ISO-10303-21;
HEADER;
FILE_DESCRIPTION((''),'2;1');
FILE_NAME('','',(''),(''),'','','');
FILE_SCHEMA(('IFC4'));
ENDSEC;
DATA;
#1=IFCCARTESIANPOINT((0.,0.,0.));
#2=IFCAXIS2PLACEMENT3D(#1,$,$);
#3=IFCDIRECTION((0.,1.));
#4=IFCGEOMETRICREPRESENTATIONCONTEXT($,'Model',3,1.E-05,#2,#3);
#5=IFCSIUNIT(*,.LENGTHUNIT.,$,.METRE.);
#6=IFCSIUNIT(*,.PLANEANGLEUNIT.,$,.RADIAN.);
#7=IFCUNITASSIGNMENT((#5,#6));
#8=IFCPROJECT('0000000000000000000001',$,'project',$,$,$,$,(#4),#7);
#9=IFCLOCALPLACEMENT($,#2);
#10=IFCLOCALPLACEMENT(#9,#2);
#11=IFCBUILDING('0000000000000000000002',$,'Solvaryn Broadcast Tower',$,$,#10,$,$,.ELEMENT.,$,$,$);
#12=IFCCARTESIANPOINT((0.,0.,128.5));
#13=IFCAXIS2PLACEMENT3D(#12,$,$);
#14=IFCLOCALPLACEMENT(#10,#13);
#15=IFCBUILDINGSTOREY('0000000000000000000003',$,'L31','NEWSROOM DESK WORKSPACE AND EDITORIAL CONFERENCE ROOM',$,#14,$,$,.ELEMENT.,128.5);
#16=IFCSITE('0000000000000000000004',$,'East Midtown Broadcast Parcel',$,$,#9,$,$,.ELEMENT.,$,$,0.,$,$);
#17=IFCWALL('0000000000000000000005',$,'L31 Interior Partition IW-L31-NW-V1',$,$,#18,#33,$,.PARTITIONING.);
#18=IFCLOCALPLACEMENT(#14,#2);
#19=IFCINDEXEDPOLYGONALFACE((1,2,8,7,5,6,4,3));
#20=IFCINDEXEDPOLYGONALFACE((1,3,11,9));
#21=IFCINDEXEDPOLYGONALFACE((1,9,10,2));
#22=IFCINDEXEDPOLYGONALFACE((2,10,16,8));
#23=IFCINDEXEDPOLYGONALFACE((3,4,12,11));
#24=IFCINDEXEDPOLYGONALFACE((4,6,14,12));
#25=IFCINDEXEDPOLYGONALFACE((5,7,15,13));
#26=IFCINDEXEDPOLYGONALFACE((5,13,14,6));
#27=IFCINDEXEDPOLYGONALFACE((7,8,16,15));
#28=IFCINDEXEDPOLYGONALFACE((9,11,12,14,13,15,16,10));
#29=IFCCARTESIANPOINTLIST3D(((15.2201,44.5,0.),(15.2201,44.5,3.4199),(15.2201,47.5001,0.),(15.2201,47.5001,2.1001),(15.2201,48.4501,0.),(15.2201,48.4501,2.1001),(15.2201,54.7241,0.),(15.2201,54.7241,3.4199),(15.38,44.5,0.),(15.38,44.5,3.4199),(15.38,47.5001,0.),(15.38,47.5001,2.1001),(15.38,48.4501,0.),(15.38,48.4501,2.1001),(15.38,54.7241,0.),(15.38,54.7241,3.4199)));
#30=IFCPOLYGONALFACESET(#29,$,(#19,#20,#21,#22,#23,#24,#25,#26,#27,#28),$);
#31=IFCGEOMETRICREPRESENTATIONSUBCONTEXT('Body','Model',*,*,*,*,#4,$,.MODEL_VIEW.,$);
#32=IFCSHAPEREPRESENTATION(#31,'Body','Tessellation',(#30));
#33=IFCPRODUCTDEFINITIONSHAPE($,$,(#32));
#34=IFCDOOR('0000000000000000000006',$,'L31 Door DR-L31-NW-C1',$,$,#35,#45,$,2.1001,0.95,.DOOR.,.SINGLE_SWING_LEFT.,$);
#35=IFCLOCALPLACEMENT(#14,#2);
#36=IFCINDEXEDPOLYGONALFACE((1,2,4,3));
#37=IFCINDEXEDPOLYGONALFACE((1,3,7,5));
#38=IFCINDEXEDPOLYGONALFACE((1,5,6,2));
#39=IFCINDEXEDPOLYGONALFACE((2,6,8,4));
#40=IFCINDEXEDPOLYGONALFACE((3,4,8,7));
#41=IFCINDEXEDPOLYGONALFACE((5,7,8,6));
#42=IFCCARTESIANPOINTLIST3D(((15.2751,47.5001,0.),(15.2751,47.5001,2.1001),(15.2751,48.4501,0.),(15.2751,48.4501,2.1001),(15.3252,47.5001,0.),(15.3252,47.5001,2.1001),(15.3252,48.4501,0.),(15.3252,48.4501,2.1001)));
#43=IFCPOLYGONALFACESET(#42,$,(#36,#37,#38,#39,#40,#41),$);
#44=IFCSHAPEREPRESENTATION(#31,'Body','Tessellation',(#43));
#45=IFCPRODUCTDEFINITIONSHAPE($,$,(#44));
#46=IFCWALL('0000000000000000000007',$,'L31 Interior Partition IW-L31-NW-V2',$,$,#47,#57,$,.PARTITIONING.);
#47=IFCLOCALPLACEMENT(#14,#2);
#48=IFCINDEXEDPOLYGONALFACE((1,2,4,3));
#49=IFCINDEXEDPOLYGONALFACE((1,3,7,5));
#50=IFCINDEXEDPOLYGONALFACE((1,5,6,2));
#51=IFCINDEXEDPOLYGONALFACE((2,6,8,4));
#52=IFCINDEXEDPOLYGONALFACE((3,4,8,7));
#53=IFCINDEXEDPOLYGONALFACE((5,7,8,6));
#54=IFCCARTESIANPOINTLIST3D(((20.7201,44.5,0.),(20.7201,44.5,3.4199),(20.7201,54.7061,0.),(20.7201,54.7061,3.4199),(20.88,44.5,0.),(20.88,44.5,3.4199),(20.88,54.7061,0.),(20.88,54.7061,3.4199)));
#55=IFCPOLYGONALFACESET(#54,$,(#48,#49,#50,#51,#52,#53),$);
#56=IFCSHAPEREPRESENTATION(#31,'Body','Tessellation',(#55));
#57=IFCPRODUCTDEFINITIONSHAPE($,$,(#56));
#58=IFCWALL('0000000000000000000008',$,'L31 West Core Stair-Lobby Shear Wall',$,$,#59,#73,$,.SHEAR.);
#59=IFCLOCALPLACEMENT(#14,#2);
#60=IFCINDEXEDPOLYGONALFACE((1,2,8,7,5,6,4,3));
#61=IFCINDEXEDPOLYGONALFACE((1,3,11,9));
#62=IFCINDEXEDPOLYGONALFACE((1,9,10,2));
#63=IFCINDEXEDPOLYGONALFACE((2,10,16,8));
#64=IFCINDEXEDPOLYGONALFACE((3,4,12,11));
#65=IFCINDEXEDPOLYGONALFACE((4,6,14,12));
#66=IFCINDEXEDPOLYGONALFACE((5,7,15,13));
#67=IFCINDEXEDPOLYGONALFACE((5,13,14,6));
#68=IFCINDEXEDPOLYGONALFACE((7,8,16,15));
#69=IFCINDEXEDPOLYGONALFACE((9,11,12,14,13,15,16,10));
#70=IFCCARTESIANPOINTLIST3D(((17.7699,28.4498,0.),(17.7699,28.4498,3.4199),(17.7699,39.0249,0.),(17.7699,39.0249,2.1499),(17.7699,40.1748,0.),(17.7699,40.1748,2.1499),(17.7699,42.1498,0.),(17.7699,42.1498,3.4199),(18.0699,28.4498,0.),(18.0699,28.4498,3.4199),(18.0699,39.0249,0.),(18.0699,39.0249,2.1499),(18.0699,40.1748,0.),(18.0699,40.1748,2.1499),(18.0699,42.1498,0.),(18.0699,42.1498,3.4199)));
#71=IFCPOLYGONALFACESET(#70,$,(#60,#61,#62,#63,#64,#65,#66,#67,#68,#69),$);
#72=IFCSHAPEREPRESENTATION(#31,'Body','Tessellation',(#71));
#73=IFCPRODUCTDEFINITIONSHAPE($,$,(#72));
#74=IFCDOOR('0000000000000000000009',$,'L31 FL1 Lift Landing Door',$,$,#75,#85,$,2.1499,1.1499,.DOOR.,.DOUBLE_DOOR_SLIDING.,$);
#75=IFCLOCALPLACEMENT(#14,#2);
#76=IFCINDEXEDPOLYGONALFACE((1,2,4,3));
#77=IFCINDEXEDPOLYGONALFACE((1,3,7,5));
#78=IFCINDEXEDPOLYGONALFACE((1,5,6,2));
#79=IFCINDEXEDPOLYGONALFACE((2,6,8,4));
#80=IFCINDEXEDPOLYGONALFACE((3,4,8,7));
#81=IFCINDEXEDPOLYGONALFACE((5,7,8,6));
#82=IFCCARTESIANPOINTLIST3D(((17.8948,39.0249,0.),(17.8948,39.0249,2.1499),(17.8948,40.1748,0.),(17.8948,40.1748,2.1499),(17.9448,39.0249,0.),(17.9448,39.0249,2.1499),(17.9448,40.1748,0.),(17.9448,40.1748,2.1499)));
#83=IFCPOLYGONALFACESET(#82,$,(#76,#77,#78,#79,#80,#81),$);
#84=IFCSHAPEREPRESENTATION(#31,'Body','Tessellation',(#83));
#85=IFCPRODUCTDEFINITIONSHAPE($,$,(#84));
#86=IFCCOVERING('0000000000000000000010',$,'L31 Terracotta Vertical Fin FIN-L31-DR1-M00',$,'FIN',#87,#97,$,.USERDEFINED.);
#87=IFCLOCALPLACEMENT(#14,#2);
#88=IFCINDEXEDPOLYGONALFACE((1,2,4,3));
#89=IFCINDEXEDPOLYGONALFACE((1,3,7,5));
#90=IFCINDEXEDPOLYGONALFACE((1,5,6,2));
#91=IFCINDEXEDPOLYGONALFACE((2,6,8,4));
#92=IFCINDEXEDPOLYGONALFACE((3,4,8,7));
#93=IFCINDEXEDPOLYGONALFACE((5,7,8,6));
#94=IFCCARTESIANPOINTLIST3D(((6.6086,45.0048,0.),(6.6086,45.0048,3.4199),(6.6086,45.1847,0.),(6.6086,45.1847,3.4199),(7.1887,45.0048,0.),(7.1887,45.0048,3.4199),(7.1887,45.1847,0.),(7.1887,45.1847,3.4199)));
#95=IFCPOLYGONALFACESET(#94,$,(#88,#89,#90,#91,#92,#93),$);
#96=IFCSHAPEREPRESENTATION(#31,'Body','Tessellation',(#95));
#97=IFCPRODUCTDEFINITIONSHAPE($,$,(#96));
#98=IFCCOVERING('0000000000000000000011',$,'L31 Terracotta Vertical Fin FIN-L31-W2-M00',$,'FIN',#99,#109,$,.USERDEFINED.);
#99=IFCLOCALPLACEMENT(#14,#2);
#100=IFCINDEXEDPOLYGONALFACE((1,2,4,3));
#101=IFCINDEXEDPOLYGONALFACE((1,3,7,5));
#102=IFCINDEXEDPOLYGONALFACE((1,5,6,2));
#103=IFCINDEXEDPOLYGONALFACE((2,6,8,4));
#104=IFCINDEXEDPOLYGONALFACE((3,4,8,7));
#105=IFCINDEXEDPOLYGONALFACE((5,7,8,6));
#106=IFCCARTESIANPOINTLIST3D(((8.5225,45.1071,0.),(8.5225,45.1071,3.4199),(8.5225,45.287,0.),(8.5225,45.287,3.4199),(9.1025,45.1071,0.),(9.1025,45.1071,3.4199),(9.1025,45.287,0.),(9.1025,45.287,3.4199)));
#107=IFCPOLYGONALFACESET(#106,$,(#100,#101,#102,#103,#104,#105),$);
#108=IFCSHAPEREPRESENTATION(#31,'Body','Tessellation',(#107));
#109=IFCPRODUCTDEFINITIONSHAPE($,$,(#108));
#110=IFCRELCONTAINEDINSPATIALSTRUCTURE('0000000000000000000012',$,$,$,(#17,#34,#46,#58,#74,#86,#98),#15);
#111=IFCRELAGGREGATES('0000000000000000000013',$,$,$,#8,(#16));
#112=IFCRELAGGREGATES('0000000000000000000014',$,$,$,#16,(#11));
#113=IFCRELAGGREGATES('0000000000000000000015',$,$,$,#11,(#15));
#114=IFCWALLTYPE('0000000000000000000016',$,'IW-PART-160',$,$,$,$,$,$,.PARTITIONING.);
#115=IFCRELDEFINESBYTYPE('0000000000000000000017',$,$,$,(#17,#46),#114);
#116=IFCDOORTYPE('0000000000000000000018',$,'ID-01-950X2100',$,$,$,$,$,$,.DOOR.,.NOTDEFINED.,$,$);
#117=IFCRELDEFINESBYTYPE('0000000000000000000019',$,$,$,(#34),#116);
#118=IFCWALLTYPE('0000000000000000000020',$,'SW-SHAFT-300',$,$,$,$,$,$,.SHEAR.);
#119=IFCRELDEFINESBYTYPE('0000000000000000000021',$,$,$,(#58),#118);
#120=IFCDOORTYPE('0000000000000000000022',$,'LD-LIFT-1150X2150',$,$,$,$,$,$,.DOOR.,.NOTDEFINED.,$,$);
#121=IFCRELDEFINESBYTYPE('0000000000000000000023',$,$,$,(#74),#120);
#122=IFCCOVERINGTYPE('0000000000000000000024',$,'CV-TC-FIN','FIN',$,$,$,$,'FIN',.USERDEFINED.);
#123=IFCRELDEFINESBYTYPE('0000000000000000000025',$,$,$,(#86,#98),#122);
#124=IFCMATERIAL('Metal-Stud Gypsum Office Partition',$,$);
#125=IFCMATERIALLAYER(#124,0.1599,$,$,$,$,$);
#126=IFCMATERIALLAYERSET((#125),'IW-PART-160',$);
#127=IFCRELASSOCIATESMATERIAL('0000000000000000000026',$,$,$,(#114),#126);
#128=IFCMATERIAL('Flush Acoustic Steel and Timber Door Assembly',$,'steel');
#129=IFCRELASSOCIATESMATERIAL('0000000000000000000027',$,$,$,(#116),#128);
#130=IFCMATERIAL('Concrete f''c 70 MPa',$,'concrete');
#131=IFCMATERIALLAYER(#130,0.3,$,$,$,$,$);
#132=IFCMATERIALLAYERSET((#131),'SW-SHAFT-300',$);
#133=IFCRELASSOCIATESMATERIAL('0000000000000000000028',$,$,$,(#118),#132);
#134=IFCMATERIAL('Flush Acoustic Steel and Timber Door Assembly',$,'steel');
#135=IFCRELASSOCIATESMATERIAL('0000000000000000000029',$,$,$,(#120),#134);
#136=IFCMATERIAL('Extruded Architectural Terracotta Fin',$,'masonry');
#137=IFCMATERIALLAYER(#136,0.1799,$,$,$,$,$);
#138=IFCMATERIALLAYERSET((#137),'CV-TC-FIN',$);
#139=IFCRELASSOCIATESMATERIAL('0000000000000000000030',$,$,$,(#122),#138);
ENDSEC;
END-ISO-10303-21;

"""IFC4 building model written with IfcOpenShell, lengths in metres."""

from ifc_helpers import new_model, si_unit, direction, frame, frame_2d, origin, origin_2d, place, context, subcontext, project, spatial, rectangle, extrude, material, layer, layer_set, type_object, element, fill, save


model = new_model("IFC4")

# Units and contexts
model_context = context("Model", 3, precision=1e-05, world=origin(), true_north=direction((0.0, 1.0)))
body_context = subcontext(model_context, "Body", "Model", "MODEL_VIEW")
ifc_project = project(units=[si_unit("LENGTHUNIT", "METRE"), si_unit("PLANEANGLEUNIT", "RADIAN")], contexts=[model_context])

# Site, building, storey
site_placement = place(None, origin())
site = spatial("IfcSite", under=ifc_project, at=site_placement, Name="East Midtown Broadcast Parcel", CompositionType="ELEMENT", RefElevation=0.0)
building_placement = place(site_placement, origin())
building = spatial("IfcBuilding", under=site, at=building_placement, Name="Solvaryn Broadcast Tower", CompositionType="ELEMENT")
storey_placement = place(building_placement, frame((0.0, 0.0, 128.5)))
storey = spatial("IfcBuildingStorey", under=building, at=storey_placement, Name="L31", Description="NEWSROOM DESK WORKSPACE AND EDITORIAL CONFERENCE ROOM", CompositionType="ELEMENT", Elevation=128.5)

# Shared definitions
ifc_material_1 = material(Name="Metal-Stud Gypsum Office Partition")
ifc_layer_1 = layer(ifc_material_1, 0.1599)
ifc_layer_set_1 = layer_set([ifc_layer_1], Name="IW-PART-160")
wall_type_1 = type_object("IfcWallType", Name="IW-PART-160", PredefinedType="PARTITIONING", material=ifc_layer_set_1)

# Wall, opening, door
wall_1_placement = place(storey_placement, frame((15.3, 44.5, 0.0), z_axis=(0.0, 0.0, 1.0), x_axis=(0.0, 1.0, 0.0)))
wall_1 = element("IfcWall", 1, at=wall_1_placement, inside=storey, type_object=wall_type_1, Name="L31 Interior Partition IW-L31-NW-V1", PredefinedType="PARTITIONING", context=body_context, shape_type="SweptSolid", body=[
    extrude(rectangle(XDim=10.2241, YDim=0.1599, at=frame_2d((5.1121, 0.0))), origin(), (0.0, 0.0, 1.0), 3.4199),
])
opening_1_placement = place(wall_1_placement, frame((3.0, 0.0, 0.0)))
opening_1 = element("IfcOpeningElement", 2, at=opening_1_placement, cuts=wall_1, PredefinedType="OPENING", context=body_context, shape_type="SweptSolid", body=[
    extrude(rectangle(XDim=0.95, YDim=2.1001, at=frame_2d((0.4751, 1.05))), frame((0.0, 0.0901, 0.0), z_axis=(0.0, -1.0, 0.0), x_axis=(1.0, 0.0, 0.0)), (0.0, 0.0, 1.0), 0.1799),
])
ifc_material_2 = material(Name="Flush Acoustic Steel and Timber Door Assembly", Category="steel")
door_type_1 = type_object("IfcDoorType", Name="ID-01-950X2100", OperationType="NOTDEFINED", PredefinedType="DOOR", material=ifc_material_2)
door_1_placement = place(opening_1_placement, origin())
door_1 = element("IfcDoor", 3, at=door_1_placement, inside=storey, type_object=door_type_1, Name="L31 Door DR-L31-NW-C1", OperationType="SINGLE_SWING_LEFT", OverallHeight=2.1001, OverallWidth=0.95, PredefinedType="DOOR", context=body_context, shape_type="SweptSolid", body=[
    extrude(rectangle(XDim=0.95, YDim=2.1001, at=frame_2d((0.4751, 1.05))), frame((0.0, 0.0249, 0.0), z_axis=(0.0, -1.0, 0.0), x_axis=(1.0, 0.0, 0.0)), (0.0, 0.0, 1.0), 0.05),
])
fill(opening_1, door_1)

# Wall
wall_2_placement = place(storey_placement, frame((20.8, 44.5, 0.0), z_axis=(0.0, 0.0, 1.0), x_axis=(0.0, 1.0, 0.0)))
element("IfcWall", 4, at=wall_2_placement, inside=storey, type_object=wall_type_1, Name="L31 Interior Partition IW-L31-NW-V2", PredefinedType="PARTITIONING", context=body_context, shape_type="SweptSolid", body=[
    extrude(rectangle(XDim=10.2061, YDim=0.1599, at=frame_2d((5.103, 0.0))), origin(), (0.0, 0.0, 1.0), 3.4199),
])

# Wall, opening, door
ifc_material_3 = material(Name="Concrete f'c 70 MPa", Category="concrete")
ifc_layer_2 = layer(ifc_material_3, 0.3)
ifc_layer_set_2 = layer_set([ifc_layer_2], Name="SW-SHAFT-300")
wall_type_2 = type_object("IfcWallType", Name="SW-SHAFT-300", PredefinedType="SHEAR", material=ifc_layer_set_2)
wall_3_placement = place(storey_placement, frame((17.9199, 42.1499, 0.0), z_axis=(0.0, 0.0, 1.0), x_axis=(0.0, -1.0, 0.0)))
wall_3 = element("IfcWall", 5, at=wall_3_placement, inside=storey, type_object=wall_type_2, Name="L31 West Core Stair-Lobby Shear Wall", PredefinedType="SHEAR", context=body_context, shape_type="SweptSolid", body=[
    extrude(rectangle(XDim=13.7, YDim=0.3, at=frame_2d((6.8501, 0.0))), origin(), (0.0, 0.0, 1.0), 3.4199),
])
opening_2_placement = place(wall_3_placement, frame((1.9751, 0.0, 0.0)))
opening_2 = element("IfcOpeningElement", 6, at=opening_2_placement, cuts=wall_3, PredefinedType="OPENING", context=body_context, shape_type="SweptSolid", body=[
    extrude(rectangle(XDim=1.1499, YDim=2.1499, at=frame_2d((0.575, 1.075))), frame((0.0, 0.1599, 0.0), z_axis=(0.0, -1.0, 0.0), x_axis=(1.0, 0.0, 0.0)), (0.0, 0.0, 1.0), 0.3201),
])
ifc_material_4 = material(Name="Flush Acoustic Steel and Timber Door Assembly", Category="steel")
door_type_2 = type_object("IfcDoorType", Name="LD-LIFT-1150X2150", OperationType="NOTDEFINED", PredefinedType="DOOR", material=ifc_material_4)
door_2_placement = place(opening_2_placement, origin())
door_2 = element("IfcDoor", 7, at=door_2_placement, inside=storey, type_object=door_type_2, Name="L31 FL1 Lift Landing Door", OperationType="DOUBLE_DOOR_SLIDING", OverallHeight=2.1499, OverallWidth=1.1499, PredefinedType="DOOR", context=body_context, shape_type="SweptSolid", body=[
    extrude(rectangle(XDim=1.1499, YDim=2.1499, at=frame_2d((0.575, 1.075))), frame((0.0, 0.0249, 0.0), z_axis=(0.0, -1.0, 0.0), x_axis=(1.0, 0.0, 0.0)), (0.0, 0.0, 1.0), 0.05),
])
fill(opening_2, door_2)

# Coverings
ifc_material_5 = material(Name="Extruded Architectural Terracotta Fin", Category="masonry")
ifc_layer_3 = layer(ifc_material_5, 0.1799)
ifc_layer_set_3 = layer_set([ifc_layer_3], Name="CV-TC-FIN")
covering_type = type_object("IfcCoveringType", Name="CV-TC-FIN", Description="FIN", ElementType="FIN", PredefinedType="USERDEFINED", material=ifc_layer_set_3)
for number, where, z_axis, x_axis, name in (
    (8, (6.8987, 45.0947, 0.0), (0.0, 0.0, 1.0), (1.0, 0.0, 0.0), "L31 Terracotta Vertical Fin FIN-L31-DR1-M00"),
    (9, (8.8125, 45.197, 0.0), (0.0, 0.0, 1.0), (1.0, 0.0, 0.0), "L31 Terracotta Vertical Fin FIN-L31-W2-M00"),
):
    element("IfcCovering", number, at=place(storey_placement, frame(where, z_axis=z_axis, x_axis=x_axis)), inside=storey, type_object=covering_type, Name=name, ObjectType="FIN", PredefinedType="USERDEFINED", context=body_context, shape_type="SweptSolid", body=[
        extrude(rectangle(XDim=0.5801, YDim=0.1799, at=origin_2d()), origin(), (0.0, 0.0, 1.0), 3.4199),
    ])

save(model, "model.ifc")
